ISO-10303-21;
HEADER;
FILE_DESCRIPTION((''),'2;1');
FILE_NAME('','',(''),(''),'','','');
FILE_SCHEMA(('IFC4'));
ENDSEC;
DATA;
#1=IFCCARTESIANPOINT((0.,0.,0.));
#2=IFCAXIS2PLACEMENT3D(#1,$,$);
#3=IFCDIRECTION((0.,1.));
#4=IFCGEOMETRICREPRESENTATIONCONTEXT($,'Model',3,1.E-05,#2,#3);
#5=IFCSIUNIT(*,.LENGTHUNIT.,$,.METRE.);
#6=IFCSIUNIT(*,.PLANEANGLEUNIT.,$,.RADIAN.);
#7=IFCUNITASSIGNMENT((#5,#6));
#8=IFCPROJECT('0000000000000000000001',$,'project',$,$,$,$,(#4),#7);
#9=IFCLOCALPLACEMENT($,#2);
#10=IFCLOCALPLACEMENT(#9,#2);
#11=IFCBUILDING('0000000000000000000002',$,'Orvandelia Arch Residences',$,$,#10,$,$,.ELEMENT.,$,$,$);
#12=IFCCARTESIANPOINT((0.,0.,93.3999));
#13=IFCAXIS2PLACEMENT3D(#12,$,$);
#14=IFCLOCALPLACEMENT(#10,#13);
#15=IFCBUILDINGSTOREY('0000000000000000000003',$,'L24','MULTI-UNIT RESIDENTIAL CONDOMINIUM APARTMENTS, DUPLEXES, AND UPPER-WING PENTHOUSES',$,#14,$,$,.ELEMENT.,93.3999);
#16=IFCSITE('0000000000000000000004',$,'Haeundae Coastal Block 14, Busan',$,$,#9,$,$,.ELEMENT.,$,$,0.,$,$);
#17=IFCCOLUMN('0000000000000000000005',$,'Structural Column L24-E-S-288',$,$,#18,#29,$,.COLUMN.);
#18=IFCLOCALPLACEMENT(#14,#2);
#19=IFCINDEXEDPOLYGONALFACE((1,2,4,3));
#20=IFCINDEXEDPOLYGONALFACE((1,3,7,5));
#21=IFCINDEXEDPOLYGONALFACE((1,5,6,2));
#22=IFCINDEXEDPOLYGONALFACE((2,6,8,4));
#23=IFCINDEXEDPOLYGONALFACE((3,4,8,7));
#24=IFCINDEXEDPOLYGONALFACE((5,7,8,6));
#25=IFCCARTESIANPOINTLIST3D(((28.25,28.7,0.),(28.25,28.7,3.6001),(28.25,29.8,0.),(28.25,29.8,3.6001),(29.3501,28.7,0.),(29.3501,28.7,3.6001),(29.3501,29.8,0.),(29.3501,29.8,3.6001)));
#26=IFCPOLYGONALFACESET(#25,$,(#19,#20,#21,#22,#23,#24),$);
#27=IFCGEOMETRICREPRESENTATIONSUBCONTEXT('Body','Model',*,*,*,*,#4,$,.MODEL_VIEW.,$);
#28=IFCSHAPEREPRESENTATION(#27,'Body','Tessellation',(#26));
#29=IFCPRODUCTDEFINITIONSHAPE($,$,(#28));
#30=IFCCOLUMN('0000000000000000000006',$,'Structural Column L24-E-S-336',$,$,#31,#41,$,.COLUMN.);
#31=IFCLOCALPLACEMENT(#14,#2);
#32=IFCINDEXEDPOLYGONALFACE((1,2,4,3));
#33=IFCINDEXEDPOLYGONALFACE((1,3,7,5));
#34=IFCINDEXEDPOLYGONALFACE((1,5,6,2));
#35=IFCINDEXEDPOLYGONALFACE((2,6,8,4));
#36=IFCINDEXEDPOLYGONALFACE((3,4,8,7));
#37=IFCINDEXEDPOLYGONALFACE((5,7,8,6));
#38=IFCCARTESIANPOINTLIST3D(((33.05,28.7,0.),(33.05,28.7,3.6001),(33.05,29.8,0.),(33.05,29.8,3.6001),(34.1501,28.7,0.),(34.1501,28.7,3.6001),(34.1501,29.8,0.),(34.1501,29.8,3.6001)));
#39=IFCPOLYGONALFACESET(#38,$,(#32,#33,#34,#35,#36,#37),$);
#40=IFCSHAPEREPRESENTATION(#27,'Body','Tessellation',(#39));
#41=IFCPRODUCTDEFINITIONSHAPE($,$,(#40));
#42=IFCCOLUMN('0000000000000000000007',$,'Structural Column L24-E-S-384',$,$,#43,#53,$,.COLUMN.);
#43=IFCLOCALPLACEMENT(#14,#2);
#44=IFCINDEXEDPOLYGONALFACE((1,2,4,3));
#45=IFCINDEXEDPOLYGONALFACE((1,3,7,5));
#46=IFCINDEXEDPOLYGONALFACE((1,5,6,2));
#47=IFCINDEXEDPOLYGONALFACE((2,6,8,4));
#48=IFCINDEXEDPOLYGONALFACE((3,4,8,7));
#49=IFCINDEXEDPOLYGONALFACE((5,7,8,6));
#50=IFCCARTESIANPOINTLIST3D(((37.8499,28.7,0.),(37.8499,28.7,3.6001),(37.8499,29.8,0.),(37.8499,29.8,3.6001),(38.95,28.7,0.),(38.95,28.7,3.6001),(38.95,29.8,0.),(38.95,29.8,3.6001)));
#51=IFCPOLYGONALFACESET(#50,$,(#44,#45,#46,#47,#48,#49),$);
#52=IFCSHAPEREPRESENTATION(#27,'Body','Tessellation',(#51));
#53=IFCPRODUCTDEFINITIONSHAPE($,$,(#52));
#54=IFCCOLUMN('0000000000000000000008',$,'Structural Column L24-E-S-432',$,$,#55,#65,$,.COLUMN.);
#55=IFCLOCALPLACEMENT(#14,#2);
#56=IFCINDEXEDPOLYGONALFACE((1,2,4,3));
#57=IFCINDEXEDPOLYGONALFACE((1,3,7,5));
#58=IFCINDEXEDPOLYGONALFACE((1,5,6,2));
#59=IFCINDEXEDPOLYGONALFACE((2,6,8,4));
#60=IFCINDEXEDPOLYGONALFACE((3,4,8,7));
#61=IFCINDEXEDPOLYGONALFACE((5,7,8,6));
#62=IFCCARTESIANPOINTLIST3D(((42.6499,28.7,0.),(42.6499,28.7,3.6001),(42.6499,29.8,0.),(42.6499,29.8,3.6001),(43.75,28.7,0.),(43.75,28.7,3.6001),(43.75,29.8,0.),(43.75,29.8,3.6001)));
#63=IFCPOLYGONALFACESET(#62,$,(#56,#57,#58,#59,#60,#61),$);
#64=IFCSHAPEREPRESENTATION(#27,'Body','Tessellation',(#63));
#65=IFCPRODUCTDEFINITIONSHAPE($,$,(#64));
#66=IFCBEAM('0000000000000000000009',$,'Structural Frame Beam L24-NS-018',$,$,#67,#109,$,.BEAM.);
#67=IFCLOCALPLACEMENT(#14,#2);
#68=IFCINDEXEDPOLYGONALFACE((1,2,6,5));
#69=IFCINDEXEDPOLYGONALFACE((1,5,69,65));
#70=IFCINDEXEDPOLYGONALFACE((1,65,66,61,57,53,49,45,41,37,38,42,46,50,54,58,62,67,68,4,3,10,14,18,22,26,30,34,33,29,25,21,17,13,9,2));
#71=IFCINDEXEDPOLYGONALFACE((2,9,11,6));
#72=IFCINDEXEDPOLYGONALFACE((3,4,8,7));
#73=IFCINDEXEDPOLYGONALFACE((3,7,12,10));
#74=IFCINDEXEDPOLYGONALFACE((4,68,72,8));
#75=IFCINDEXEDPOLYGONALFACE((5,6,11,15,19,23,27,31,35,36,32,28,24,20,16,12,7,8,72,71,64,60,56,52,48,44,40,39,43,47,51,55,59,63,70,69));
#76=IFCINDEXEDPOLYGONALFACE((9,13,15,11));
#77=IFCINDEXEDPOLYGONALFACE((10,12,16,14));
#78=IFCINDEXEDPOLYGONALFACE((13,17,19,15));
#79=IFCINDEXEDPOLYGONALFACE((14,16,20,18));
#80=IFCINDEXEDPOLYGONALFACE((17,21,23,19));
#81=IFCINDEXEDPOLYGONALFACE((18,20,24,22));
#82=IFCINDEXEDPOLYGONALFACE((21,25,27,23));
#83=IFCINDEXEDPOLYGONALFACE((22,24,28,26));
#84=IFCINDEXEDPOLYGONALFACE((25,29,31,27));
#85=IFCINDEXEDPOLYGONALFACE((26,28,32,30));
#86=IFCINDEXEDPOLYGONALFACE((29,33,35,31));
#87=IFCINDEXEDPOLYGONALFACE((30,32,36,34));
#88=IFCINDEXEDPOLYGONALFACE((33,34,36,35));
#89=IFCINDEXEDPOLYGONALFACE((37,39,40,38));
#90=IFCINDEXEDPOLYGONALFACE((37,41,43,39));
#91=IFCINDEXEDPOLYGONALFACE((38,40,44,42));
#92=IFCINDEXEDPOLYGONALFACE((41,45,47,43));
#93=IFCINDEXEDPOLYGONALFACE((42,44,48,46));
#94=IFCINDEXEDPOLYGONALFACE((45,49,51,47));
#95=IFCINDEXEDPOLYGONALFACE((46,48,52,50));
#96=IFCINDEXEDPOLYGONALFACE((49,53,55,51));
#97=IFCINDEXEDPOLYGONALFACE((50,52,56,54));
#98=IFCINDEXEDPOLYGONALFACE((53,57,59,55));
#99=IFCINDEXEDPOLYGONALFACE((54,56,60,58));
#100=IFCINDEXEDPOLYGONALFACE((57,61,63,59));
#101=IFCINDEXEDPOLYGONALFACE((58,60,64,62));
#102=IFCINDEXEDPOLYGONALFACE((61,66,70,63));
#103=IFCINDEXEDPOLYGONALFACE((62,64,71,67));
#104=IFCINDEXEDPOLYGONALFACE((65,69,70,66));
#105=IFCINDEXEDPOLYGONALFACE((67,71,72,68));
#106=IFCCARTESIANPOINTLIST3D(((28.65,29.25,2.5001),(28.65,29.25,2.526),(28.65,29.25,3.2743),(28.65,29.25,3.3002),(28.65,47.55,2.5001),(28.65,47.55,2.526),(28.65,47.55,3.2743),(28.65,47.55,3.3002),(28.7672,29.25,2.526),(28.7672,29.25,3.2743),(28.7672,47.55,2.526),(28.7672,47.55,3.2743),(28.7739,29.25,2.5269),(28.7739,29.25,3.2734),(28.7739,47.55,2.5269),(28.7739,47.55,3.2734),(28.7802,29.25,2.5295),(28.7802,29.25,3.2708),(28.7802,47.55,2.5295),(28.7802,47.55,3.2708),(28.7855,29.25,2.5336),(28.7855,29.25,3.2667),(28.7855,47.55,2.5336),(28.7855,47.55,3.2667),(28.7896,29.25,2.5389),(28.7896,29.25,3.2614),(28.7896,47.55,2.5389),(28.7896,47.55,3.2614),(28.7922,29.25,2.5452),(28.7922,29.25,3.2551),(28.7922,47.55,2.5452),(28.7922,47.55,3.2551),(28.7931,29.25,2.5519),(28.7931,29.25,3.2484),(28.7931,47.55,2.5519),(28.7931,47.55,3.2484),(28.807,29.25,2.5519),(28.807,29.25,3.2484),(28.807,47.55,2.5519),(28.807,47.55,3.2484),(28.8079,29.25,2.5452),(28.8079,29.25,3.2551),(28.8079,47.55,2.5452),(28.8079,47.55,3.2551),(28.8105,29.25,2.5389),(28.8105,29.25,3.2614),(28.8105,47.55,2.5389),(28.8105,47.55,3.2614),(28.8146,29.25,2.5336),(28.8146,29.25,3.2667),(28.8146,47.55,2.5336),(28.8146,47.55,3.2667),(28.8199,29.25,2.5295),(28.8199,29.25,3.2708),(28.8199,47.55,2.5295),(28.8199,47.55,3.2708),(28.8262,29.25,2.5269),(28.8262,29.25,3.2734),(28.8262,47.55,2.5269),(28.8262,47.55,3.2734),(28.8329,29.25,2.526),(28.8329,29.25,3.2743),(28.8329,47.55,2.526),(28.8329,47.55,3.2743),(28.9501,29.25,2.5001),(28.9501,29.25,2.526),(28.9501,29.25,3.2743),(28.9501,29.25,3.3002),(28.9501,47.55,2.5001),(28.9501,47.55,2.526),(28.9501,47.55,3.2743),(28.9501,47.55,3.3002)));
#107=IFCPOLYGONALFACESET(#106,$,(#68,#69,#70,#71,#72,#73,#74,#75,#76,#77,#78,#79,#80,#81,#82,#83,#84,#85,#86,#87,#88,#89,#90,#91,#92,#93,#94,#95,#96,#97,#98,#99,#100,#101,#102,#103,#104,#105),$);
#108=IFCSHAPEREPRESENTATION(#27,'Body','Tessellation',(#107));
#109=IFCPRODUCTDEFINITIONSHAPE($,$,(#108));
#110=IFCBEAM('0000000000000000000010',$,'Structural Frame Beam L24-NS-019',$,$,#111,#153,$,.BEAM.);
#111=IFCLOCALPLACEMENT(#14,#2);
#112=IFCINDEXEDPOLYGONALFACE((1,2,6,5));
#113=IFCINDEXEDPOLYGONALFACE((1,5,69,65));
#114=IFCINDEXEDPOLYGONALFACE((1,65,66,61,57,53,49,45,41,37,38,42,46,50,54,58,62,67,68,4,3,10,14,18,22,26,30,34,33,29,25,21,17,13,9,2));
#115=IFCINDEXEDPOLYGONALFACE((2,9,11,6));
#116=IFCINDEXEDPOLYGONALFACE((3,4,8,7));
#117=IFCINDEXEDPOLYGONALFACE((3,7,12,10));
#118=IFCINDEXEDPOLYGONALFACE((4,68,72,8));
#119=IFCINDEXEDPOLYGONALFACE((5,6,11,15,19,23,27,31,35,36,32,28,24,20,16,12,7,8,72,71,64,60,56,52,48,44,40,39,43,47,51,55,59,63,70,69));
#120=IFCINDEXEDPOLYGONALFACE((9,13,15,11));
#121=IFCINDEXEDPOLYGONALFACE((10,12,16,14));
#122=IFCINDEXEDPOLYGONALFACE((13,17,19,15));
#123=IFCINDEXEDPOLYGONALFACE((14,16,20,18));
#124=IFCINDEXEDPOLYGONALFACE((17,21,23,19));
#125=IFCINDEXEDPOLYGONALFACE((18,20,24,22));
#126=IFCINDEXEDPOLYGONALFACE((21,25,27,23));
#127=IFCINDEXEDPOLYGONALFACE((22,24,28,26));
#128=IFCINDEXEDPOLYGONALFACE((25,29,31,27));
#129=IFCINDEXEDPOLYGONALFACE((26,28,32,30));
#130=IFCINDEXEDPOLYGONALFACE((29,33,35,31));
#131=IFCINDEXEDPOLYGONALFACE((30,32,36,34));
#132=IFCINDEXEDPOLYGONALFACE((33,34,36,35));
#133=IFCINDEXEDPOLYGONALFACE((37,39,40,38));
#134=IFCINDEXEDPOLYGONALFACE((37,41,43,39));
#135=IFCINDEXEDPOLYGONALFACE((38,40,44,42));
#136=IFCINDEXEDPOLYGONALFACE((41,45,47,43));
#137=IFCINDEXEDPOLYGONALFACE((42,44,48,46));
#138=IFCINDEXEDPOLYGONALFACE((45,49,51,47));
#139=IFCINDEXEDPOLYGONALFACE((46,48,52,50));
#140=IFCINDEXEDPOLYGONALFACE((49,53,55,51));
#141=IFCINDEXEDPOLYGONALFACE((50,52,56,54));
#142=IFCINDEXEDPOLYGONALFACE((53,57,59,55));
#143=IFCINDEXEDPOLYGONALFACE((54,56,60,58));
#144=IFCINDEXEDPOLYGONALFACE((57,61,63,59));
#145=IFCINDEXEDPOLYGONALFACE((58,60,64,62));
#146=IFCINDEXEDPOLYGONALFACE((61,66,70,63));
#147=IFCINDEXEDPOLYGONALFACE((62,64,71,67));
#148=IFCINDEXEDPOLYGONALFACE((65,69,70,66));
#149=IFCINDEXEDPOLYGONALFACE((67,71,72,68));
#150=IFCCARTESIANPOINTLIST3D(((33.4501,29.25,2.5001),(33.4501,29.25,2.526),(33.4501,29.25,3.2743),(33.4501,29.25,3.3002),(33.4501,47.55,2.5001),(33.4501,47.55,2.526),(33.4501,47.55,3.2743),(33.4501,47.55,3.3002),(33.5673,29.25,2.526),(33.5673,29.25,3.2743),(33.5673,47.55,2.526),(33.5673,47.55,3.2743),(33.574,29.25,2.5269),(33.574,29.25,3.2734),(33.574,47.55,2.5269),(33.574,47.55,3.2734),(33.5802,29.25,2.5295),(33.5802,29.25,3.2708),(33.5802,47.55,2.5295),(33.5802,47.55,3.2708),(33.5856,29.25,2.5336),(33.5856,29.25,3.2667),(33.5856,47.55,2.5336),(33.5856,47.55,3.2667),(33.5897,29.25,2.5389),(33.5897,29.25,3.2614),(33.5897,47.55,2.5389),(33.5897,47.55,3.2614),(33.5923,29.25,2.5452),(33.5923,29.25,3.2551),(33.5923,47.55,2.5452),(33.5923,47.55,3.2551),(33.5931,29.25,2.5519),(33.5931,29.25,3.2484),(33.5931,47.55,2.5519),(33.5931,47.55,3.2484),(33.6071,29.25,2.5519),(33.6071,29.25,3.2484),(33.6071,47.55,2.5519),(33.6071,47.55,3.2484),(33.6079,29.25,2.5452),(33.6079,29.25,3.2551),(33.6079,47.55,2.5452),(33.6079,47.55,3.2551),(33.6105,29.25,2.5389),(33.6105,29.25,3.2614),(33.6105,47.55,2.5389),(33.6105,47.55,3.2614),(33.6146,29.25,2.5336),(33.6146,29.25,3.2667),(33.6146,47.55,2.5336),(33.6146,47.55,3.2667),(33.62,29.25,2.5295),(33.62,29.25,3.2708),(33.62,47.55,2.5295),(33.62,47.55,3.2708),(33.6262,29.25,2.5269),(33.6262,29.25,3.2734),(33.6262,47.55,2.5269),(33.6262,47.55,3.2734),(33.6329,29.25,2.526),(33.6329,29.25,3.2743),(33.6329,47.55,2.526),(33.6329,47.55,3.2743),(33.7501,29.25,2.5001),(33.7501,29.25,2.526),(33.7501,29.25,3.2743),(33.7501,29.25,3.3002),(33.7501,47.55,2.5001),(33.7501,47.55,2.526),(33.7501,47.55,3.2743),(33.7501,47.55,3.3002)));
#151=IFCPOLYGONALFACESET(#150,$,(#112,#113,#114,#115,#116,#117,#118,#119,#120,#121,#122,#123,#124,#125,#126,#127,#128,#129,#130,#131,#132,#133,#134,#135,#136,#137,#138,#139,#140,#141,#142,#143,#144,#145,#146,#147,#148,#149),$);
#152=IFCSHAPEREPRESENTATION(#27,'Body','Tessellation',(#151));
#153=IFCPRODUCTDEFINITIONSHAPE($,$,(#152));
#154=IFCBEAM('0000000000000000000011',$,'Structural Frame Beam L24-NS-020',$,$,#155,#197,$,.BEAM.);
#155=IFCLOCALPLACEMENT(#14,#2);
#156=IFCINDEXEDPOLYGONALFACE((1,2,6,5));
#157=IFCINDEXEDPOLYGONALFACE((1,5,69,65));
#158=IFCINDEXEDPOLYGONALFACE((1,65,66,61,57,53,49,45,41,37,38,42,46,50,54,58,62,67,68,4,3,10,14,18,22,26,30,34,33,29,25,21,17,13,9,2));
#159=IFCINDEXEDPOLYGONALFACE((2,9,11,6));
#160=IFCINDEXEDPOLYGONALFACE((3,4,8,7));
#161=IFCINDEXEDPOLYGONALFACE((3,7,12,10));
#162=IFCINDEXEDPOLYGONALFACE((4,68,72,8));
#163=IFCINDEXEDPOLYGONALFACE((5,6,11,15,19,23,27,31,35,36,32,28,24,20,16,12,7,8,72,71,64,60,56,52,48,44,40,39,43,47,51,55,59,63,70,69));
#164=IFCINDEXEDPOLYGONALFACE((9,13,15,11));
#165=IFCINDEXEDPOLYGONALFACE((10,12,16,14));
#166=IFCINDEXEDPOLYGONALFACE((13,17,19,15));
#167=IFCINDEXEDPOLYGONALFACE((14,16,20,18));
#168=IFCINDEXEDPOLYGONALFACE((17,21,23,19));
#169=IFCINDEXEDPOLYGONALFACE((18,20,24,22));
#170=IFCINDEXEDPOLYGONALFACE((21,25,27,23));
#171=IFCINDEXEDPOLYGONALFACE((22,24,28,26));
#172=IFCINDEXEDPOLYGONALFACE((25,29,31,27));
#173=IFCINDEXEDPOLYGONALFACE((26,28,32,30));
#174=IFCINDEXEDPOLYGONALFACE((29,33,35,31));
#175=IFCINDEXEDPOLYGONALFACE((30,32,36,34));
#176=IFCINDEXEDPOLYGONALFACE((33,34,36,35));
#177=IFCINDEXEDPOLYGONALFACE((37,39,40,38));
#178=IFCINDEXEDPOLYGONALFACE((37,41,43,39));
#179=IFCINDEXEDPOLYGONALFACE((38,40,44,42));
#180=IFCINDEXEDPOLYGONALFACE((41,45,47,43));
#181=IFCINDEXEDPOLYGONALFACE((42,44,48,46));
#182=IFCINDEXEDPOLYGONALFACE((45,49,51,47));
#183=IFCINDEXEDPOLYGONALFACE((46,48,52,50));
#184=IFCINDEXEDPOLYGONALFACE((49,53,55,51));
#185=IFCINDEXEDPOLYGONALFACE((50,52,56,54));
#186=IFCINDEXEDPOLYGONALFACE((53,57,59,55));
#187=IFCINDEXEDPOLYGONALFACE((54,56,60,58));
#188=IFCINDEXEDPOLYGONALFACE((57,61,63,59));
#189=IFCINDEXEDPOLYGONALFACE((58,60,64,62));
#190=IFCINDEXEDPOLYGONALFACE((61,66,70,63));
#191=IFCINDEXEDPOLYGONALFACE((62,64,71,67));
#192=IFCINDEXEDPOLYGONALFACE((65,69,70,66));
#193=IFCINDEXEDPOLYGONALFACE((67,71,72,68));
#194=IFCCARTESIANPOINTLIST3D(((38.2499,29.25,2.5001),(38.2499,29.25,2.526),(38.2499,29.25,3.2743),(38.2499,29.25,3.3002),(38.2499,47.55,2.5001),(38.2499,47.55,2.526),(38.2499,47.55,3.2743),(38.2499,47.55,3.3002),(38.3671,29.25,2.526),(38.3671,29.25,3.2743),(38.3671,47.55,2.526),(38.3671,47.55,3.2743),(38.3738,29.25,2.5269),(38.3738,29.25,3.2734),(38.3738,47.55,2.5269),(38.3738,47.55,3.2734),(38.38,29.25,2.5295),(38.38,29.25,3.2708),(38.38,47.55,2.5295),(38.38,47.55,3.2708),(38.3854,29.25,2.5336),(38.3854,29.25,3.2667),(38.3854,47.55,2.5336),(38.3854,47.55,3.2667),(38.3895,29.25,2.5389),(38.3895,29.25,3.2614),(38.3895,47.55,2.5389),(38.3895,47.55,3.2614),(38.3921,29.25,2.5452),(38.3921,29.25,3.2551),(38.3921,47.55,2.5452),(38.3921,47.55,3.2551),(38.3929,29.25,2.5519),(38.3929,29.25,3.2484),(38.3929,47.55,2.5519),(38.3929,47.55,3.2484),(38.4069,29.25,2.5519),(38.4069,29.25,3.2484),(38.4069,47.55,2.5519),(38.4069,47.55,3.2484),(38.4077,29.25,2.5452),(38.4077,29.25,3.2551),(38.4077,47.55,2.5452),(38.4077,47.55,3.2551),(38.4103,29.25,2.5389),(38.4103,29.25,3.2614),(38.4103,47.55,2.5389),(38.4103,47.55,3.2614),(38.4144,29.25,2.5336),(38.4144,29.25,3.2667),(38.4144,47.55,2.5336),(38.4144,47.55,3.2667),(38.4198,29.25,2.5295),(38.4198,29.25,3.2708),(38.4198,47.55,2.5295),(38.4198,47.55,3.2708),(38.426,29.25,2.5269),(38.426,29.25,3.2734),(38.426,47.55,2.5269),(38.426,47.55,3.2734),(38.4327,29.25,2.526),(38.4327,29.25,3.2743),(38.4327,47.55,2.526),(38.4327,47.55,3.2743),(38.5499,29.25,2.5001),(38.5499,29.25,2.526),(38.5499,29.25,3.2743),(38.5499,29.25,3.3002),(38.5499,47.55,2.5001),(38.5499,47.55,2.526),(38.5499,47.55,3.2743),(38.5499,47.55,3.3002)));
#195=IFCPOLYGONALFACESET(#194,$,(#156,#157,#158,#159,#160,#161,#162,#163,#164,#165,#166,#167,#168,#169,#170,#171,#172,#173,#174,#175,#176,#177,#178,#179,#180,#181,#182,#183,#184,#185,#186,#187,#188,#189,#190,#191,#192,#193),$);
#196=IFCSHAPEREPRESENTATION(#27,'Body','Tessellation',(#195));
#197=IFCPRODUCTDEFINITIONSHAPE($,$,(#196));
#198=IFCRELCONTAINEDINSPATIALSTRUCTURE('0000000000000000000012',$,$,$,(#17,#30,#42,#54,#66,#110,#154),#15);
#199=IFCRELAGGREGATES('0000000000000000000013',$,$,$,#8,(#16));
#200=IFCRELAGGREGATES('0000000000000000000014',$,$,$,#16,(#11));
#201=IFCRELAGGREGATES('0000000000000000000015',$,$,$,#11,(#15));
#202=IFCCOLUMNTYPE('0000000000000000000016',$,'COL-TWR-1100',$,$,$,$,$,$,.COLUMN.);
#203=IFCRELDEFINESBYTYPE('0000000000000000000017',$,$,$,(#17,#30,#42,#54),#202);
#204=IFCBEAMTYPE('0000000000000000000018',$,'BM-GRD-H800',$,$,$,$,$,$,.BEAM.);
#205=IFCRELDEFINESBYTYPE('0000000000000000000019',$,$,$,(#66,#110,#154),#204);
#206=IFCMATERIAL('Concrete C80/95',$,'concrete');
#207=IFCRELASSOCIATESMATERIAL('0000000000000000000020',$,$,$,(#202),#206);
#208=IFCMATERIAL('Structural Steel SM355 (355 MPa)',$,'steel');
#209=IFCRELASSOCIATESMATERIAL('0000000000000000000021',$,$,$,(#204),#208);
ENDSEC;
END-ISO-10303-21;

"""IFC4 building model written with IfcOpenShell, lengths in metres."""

from ifc_helpers import new_model, si_unit, direction, frame, origin, origin_2d, place, context, subcontext, project, spatial, rectangle, i_section, extrude, material, material_profile, profile_set, type_object, element, save


model = new_model("IFC4")

# Units and contexts
model_context = context("Model", 3, precision=1e-05, world=origin(), true_north=direction((0.0, 1.0)))
body_context = subcontext(model_context, "Body", "Model", "MODEL_VIEW")
ifc_project = project(units=[si_unit("LENGTHUNIT", "METRE"), si_unit("PLANEANGLEUNIT", "RADIAN")], contexts=[model_context])

# Site, building, storey
site_placement = place(None, origin())
site = spatial("IfcSite", under=ifc_project, at=site_placement, Name="Haeundae Coastal Block 14, Busan", CompositionType="ELEMENT", RefElevation=0.0)
building_placement = place(site_placement, origin())
building = spatial("IfcBuilding", under=site, at=building_placement, Name="Orvandelia Arch Residences", CompositionType="ELEMENT")
storey_placement = place(building_placement, frame((0.0, 0.0, 93.3999)))
storey = spatial("IfcBuildingStorey", under=building, at=storey_placement, Name="L24", Description="MULTI-UNIT RESIDENTIAL CONDOMINIUM APARTMENTS, DUPLEXES, AND UPPER-WING PENTHOUSES", CompositionType="ELEMENT", Elevation=93.3999)

# Columns
ifc_material_1 = material(Name="Concrete C80/95", Category="concrete")
ifc_material_profile_1 = material_profile(ifc_material_1, rectangle(XDim=1.1001, YDim=1.1001, at=origin_2d()), Name="Concrete C80/95", Category="concrete")
ifc_profile_set_1 = profile_set([ifc_material_profile_1], Name="Concrete C80/95")
column_type = type_object("IfcColumnType", Name="COL-TWR-1100", PredefinedType="COLUMN", material=ifc_profile_set_1)
for number, where, z_axis, x_axis, name in (
    (1, (28.8, 29.25, 0.0), (0.0, 0.0, 1.0), (1.0, 0.0, 0.0), "Structural Column L24-E-S-288"),
    (2, (33.6001, 29.25, 0.0), (0.0, 0.0, 1.0), (1.0, 0.0, 0.0), "Structural Column L24-E-S-336"),
    (3, (38.3999, 29.25, 0.0), (0.0, 0.0, 1.0), (1.0, 0.0, 0.0), "Structural Column L24-E-S-384"),
    (4, (43.2, 29.25, 0.0), (0.0, 0.0, 1.0), (1.0, 0.0, 0.0), "Structural Column L24-E-S-432"),
):
    element("IfcColumn", number, at=place(storey_placement, frame(where, z_axis=z_axis, x_axis=x_axis)), inside=storey, type_object=column_type, Name=name, PredefinedType="COLUMN", context=body_context, shape_type="SweptSolid", body=[
        extrude(rectangle(XDim=1.1001, YDim=1.1001, at=origin_2d()), origin(), (0.0, 0.0, 1.0), 3.6001),
    ])

# Beams
ifc_material_2 = material(Name="Structural Steel SM355 (355 MPa)", Category="steel")
ifc_material_profile_2 = material_profile(ifc_material_2, i_section(OverallWidth=0.3, OverallDepth=0.8, WebThickness=0.0139, FlangeThickness=0.0259, FilletRadius=0.0259, at=origin_2d()), Name="Structural Steel SM355 (355 MPa)", Category="steel")
ifc_profile_set_2 = profile_set([ifc_material_profile_2], Name="Structural Steel SM355 (355 MPa)")
beam_type = type_object("IfcBeamType", Name="BM-GRD-H800", PredefinedType="BEAM", material=ifc_profile_set_2)
for number, where, z_axis, x_axis, name in (
    (5, (28.8, 29.25, 2.9001), (0.0, 1.0, 0.0), (-1.0, 0.0, 0.0), "Structural Frame Beam L24-NS-018"),
    (6, (33.6001, 29.25, 2.9001), (0.0, 1.0, 0.0), (-1.0, 0.0, 0.0), "Structural Frame Beam L24-NS-019"),
    (7, (38.3999, 29.25, 2.9001), (0.0, 1.0, 0.0), (-1.0, 0.0, 0.0), "Structural Frame Beam L24-NS-020"),
):
    element("IfcBeam", number, at=place(storey_placement, frame(where, z_axis=z_axis, x_axis=x_axis)), inside=storey, type_object=beam_type, Name=name, PredefinedType="BEAM", context=body_context, shape_type="SweptSolid", body=[
        extrude(i_section(OverallWidth=0.3, OverallDepth=0.8, WebThickness=0.0139, FlangeThickness=0.0259, FilletRadius=0.0259, at=origin_2d()), origin(), (0.0, 0.0, 1.0), 18.3),
    ])

save(model, "model.ifc")
